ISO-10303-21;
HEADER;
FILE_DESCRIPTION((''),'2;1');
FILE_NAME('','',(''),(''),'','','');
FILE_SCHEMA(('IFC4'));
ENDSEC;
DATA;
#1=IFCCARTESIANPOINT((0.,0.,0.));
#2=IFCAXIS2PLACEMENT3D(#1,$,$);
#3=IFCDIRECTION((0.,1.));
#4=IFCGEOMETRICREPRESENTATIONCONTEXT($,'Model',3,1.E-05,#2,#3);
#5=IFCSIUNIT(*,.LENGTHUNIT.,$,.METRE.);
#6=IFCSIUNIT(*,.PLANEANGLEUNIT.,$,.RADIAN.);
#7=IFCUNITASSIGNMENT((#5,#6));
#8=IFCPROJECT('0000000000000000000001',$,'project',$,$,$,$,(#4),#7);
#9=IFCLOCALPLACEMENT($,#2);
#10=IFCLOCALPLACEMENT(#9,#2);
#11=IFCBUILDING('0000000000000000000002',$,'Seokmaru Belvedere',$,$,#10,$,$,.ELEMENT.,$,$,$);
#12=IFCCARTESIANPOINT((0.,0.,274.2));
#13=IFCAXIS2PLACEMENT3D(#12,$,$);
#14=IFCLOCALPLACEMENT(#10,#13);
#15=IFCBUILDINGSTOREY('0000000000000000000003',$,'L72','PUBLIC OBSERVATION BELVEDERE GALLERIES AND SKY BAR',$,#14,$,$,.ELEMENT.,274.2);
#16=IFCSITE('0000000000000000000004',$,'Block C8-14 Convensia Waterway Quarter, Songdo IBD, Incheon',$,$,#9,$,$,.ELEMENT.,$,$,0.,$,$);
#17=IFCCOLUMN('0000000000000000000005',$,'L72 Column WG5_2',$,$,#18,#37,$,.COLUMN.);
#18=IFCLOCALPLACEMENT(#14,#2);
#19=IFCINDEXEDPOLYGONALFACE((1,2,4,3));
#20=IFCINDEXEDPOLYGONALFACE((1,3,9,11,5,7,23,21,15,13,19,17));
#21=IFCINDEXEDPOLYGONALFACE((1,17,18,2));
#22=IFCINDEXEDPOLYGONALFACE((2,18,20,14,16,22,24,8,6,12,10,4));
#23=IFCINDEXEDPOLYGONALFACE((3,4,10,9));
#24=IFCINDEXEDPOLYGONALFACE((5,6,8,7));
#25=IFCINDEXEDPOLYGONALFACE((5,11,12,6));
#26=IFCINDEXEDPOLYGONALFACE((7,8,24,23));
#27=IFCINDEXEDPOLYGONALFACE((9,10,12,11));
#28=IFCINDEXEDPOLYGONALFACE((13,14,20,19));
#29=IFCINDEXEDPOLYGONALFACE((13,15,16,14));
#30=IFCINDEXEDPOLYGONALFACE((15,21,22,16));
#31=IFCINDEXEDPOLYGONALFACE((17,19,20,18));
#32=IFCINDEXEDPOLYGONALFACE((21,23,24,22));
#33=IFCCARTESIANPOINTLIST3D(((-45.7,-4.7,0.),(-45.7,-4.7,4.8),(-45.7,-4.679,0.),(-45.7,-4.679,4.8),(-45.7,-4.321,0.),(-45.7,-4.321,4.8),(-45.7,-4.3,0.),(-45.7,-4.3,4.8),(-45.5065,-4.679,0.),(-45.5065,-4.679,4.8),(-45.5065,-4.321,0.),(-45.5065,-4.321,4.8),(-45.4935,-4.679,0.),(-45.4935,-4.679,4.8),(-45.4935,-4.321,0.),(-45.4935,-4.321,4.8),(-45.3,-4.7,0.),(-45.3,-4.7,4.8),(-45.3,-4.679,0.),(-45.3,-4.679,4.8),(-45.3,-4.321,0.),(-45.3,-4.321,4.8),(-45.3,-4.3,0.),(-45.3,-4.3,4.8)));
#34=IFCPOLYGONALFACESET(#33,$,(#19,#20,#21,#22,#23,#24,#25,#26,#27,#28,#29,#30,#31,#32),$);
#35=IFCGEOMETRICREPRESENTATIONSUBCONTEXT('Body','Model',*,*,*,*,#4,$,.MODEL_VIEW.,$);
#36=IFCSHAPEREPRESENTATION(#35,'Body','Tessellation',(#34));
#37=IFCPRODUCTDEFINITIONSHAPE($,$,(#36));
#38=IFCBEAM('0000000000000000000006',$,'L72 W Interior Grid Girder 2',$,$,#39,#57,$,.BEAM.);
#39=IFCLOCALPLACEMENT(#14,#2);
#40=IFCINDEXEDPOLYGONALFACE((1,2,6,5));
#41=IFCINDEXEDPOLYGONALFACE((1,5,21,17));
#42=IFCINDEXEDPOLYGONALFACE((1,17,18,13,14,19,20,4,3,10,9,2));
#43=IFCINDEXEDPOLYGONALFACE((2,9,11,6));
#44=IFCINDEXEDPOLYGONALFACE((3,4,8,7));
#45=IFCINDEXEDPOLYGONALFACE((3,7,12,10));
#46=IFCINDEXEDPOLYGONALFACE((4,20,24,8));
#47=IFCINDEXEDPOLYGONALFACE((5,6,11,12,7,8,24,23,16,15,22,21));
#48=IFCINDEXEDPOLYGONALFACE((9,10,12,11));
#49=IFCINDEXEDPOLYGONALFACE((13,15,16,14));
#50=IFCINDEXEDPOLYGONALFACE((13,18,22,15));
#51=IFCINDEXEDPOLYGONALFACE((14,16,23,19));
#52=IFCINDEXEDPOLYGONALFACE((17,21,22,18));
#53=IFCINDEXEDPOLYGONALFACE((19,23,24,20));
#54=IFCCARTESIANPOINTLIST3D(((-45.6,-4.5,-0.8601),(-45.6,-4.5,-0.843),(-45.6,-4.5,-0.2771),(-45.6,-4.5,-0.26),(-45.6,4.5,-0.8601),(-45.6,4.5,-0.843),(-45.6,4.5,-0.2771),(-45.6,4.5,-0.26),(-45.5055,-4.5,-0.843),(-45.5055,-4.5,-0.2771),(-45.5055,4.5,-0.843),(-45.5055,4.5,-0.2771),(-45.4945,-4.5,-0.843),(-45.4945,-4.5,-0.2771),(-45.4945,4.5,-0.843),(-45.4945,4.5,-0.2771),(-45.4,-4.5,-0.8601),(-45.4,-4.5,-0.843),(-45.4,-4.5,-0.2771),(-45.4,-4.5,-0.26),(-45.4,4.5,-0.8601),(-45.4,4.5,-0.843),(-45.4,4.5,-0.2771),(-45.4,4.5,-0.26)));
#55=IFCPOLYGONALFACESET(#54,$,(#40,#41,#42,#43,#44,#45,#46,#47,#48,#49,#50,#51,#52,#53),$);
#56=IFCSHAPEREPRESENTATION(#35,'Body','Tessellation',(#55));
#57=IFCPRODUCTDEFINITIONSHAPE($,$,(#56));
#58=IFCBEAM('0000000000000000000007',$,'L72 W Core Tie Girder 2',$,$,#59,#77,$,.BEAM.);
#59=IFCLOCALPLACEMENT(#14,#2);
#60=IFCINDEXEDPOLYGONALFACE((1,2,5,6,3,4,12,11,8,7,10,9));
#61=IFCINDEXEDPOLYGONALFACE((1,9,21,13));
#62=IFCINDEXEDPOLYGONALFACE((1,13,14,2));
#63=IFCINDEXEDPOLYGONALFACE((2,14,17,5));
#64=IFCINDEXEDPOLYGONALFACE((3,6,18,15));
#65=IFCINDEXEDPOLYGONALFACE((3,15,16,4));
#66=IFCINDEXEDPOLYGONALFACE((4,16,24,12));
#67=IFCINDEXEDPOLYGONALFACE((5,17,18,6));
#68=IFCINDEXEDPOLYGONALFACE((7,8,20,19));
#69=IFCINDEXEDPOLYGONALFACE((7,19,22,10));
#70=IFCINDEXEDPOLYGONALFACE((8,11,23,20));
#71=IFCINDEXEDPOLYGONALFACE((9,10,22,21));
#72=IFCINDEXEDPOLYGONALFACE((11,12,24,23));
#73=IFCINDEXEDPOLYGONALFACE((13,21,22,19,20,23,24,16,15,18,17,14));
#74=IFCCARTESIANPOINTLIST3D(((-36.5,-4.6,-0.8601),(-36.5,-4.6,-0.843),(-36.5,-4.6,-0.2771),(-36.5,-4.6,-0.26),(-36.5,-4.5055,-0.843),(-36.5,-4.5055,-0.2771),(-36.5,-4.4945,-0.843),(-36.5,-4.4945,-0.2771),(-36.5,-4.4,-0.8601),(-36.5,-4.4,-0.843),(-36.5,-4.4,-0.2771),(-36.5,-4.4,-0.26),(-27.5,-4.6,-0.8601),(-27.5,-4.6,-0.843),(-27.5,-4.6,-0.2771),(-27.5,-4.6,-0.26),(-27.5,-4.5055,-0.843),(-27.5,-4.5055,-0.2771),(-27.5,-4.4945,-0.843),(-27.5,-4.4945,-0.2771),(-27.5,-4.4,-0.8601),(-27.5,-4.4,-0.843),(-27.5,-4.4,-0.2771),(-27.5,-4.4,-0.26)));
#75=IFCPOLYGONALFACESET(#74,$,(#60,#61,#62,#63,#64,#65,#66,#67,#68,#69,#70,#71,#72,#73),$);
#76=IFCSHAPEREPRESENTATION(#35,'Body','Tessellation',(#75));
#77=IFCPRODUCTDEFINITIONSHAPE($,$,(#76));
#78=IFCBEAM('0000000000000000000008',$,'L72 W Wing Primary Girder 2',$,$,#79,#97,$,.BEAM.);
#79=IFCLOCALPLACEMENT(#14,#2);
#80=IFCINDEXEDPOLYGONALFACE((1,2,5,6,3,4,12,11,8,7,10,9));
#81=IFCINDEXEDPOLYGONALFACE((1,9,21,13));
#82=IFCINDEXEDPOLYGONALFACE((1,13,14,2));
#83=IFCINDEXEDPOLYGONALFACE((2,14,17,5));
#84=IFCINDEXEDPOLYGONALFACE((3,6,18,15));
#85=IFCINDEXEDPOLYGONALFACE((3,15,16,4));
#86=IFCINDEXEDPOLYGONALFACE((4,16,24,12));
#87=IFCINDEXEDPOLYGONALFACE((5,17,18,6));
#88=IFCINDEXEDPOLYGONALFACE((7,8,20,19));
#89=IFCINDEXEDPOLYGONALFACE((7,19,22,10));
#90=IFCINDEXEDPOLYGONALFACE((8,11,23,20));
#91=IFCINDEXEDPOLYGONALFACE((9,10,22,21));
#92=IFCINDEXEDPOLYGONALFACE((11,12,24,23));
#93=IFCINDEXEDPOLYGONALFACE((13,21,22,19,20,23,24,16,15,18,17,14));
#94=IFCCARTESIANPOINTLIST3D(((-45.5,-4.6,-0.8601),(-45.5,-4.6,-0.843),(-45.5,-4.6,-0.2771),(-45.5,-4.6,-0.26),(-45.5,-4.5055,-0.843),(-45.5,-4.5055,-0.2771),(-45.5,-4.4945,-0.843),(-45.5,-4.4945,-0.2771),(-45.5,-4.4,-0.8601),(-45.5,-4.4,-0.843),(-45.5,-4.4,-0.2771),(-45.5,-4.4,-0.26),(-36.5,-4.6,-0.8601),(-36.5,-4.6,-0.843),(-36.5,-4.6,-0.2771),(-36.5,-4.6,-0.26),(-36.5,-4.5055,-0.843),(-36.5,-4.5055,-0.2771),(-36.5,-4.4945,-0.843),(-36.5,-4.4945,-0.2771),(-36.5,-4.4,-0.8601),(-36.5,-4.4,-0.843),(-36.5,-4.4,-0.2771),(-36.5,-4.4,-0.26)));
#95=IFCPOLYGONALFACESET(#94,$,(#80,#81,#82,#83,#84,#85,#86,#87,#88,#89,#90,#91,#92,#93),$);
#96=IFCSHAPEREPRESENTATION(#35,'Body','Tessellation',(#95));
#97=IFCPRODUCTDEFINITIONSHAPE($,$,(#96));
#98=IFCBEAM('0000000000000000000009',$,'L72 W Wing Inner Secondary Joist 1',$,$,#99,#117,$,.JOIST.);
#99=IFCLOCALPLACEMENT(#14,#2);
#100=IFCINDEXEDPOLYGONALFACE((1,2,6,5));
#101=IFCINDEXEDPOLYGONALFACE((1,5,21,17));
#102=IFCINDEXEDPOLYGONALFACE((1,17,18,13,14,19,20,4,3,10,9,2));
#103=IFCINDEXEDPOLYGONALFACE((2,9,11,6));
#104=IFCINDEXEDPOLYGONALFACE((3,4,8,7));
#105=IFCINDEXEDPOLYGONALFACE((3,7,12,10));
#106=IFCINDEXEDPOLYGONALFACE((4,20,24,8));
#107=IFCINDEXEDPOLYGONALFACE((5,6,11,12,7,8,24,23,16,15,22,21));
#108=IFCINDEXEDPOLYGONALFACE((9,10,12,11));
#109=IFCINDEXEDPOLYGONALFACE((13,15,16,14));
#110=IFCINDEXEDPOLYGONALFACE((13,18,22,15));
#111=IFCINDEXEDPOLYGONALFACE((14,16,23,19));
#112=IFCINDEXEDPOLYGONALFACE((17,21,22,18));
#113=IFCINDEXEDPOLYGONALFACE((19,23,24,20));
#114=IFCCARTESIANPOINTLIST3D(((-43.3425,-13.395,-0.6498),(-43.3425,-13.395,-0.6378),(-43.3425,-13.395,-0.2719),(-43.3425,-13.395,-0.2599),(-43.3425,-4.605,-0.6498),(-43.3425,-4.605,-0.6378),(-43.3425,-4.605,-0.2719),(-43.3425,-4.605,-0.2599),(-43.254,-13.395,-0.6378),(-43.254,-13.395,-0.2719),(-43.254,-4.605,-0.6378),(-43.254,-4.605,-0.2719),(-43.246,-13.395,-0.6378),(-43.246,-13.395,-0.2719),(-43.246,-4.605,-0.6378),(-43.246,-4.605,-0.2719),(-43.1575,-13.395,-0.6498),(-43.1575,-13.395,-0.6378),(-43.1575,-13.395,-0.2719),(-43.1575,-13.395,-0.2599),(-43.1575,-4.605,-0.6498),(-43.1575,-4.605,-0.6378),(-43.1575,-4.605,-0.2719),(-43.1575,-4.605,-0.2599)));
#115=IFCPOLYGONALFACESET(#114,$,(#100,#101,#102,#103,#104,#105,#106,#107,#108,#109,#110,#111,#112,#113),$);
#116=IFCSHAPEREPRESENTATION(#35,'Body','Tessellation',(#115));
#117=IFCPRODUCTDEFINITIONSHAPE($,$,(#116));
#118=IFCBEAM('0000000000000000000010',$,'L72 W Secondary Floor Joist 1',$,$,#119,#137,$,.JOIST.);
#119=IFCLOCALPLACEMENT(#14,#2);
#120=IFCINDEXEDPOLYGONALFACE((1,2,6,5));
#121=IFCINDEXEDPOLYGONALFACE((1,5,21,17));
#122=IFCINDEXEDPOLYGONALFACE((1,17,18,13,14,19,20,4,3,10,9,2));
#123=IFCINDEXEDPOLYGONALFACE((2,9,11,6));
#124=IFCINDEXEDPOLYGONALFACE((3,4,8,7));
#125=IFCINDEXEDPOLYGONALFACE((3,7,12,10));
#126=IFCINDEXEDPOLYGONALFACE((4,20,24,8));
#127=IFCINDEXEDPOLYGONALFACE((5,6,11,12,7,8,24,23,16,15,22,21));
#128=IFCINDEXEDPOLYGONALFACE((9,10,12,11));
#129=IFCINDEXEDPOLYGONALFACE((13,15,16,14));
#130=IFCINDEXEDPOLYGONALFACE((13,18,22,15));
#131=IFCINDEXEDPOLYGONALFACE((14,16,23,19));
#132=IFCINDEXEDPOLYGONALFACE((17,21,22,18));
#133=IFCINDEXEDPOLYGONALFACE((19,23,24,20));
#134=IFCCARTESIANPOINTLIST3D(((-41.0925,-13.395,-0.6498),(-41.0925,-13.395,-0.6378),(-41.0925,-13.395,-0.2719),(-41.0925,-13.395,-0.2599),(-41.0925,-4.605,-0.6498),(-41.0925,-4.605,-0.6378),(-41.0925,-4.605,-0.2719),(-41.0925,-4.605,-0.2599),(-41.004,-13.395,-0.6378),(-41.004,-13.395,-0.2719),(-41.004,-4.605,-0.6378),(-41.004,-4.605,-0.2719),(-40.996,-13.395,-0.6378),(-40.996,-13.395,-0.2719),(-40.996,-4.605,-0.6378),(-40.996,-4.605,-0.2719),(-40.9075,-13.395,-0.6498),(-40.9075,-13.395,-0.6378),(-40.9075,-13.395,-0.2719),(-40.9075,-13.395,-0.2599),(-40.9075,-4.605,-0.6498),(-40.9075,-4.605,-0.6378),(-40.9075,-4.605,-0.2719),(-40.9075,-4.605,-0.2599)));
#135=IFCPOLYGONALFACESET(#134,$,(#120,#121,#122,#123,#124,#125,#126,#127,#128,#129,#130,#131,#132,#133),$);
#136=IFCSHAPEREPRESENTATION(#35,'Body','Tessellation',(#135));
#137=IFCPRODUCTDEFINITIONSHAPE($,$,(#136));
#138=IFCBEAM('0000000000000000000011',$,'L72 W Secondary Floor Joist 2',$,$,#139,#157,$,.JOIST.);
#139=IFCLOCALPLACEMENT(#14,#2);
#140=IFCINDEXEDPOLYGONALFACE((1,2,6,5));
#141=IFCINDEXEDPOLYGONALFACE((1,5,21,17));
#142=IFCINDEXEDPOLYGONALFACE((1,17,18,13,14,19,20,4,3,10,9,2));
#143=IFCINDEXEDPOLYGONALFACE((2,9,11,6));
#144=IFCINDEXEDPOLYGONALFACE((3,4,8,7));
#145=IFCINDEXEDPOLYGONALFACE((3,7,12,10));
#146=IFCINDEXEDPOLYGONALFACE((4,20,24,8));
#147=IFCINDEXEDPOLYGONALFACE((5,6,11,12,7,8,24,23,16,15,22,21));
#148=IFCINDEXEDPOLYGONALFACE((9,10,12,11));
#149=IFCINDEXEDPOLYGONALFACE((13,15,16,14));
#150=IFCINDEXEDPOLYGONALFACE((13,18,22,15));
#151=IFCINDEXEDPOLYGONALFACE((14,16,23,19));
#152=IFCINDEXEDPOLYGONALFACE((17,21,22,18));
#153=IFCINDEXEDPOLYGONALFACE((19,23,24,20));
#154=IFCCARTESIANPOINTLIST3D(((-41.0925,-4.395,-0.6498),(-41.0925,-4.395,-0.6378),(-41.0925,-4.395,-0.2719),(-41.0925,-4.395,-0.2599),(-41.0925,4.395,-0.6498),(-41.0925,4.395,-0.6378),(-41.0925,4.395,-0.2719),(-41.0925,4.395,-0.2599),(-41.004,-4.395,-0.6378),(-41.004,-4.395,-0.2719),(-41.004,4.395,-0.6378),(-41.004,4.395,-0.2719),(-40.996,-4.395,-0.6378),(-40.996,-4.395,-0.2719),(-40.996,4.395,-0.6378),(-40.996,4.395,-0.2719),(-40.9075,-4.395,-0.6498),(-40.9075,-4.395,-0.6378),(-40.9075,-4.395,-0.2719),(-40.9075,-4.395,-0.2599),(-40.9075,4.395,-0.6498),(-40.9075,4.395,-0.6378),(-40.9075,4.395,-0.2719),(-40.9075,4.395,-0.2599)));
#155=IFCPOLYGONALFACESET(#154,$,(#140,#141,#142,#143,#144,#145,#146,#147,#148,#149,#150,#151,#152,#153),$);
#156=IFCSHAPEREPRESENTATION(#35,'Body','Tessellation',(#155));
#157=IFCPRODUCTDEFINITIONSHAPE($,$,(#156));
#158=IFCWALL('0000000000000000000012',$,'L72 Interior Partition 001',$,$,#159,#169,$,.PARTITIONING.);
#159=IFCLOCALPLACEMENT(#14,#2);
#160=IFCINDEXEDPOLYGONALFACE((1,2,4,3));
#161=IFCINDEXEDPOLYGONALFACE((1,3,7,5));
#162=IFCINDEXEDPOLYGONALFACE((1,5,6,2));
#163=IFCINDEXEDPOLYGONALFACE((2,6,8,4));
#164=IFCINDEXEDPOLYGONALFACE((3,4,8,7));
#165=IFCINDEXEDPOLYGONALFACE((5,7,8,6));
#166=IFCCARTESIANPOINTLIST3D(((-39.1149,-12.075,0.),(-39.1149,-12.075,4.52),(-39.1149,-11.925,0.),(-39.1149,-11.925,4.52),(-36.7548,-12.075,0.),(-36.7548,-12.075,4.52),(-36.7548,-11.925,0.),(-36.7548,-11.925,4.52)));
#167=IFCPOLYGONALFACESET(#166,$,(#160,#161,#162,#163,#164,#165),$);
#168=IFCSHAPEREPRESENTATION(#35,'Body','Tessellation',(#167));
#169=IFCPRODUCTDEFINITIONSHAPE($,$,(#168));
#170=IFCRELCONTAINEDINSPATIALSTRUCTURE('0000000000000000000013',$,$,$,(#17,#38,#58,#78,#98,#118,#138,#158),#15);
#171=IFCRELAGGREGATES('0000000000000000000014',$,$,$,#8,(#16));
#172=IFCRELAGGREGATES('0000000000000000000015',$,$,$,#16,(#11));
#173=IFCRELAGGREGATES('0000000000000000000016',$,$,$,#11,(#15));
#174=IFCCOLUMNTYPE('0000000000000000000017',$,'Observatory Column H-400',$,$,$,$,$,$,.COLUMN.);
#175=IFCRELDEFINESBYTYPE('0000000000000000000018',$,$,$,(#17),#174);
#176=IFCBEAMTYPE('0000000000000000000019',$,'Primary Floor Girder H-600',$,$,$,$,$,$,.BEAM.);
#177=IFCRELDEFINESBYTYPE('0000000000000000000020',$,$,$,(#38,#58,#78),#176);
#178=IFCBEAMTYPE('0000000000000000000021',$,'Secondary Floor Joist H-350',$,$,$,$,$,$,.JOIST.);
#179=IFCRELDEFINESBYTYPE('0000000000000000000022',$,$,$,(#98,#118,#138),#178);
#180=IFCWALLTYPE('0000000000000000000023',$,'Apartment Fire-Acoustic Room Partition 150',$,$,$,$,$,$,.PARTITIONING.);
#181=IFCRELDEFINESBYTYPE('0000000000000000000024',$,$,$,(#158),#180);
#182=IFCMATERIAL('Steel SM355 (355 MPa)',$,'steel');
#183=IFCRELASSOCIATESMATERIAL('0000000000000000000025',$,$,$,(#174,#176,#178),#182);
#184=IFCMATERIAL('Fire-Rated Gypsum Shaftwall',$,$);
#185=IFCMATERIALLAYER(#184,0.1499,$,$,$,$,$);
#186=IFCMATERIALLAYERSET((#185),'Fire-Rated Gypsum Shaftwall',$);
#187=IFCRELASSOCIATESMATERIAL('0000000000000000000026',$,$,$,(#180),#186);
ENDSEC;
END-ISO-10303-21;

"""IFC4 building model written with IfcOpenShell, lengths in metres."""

from ifc_helpers import new_model, si_unit, direction, frame, frame_2d, origin, origin_2d, place, context, subcontext, project, spatial, rectangle, i_section, extrude, source, transform, mapped, material, layer, layer_set, material_profile, profile_set, type_object, type_shapes, element, save


model = new_model("IFC4")

# Units and contexts
model_context = context("Model", 3, precision=1e-05, world=origin(), true_north=direction((0.0, 1.0)))
body_context = subcontext(model_context, "Body", "Model", "MODEL_VIEW")
ifc_project = project(units=[si_unit("LENGTHUNIT", "METRE"), si_unit("PLANEANGLEUNIT", "RADIAN")], contexts=[model_context])

# Site, building, storey
site_placement = place(None, origin())
site = spatial("IfcSite", under=ifc_project, at=site_placement, Name="Block C8-14 Convensia Waterway Quarter, Songdo IBD, Incheon", CompositionType="ELEMENT", RefElevation=0.0)
building_placement = place(site_placement, origin())
building = spatial("IfcBuilding", under=site, at=building_placement, Name="Seokmaru Belvedere", CompositionType="ELEMENT")
storey_placement = place(building_placement, frame((0.0, 0.0, 274.2)))
storey = spatial("IfcBuildingStorey", under=building, at=storey_placement, Name="L72", Description="PUBLIC OBSERVATION BELVEDERE GALLERIES AND SKY BAR", CompositionType="ELEMENT", Elevation=274.2)

# Column
ifc_material_1 = material(Name="Steel SM355 (355 MPa)", Category="steel")
ifc_material_profile_1 = material_profile(ifc_material_1, i_section(OverallWidth=0.3999, OverallDepth=0.3999, WebThickness=0.0129, FlangeThickness=0.021, at=origin_2d()), Name="H-400x400x13x21")
ifc_profile_set_1 = profile_set([ifc_material_profile_1], Name="Steel SM355 (355 MPa)")
column_type = type_object("IfcColumnType", Name="Observatory Column H-400", PredefinedType="COLUMN", material=ifc_profile_set_1)
shared_shape_1 = source(origin(), body_context, "Body", "SweptSolid", [
    extrude(i_section(OverallWidth=0.3999, OverallDepth=0.3999, WebThickness=0.0129, FlangeThickness=0.021, at=origin_2d()), origin(), (0.0, 0.0, 1.0), 4.8),
])
type_shapes(column_type, [shared_shape_1])
column_placement = place(storey_placement, frame((-45.5, -4.5, 0.0), z_axis=(0.0, 0.0, 1.0), x_axis=(1.0, 0.0, 0.0)))
element("IfcColumn", 1, at=column_placement, inside=storey, type_object=column_type, Name="L72 Column WG5_2", PredefinedType="COLUMN", context=body_context, shape_type="MappedRepresentation", body=[
    mapped(shared_shape_1, transform((0.0, 0.0, 0.0), scale=1.0)),
])

# Beams
ifc_material_profile_2 = material_profile(ifc_material_1, i_section(OverallWidth=0.2, OverallDepth=0.6001, WebThickness=0.011, FlangeThickness=0.0171, at=origin_2d()), Name="H-600x200x11x17")
ifc_profile_set_2 = profile_set([ifc_material_profile_2], Name="Steel SM355 (355 MPa)")
beam_type_1 = type_object("IfcBeamType", Name="Primary Floor Girder H-600", PredefinedType="BEAM", material=ifc_profile_set_2)
shared_shape_2 = source(origin(), body_context, "Body", "SweptSolid", [
    extrude(i_section(OverallWidth=0.2, OverallDepth=0.6001, WebThickness=0.011, FlangeThickness=0.0171, at=origin_2d()), origin(), (0.0, 0.0, 1.0), 9.0),
])
type_shapes(beam_type_1, [shared_shape_2])
for number, where, z_axis, x_axis, name in (
    (2, (-45.5, -4.5, -0.5601), (0.0, 1.0, 0.0), (-1.0, 0.0, 0.0), "L72 W Interior Grid Girder 2"),
    (3, (-36.5, -4.5, -0.5601), (1.0, 0.0, 0.0), (0.0, 1.0, 0.0), "L72 W Core Tie Girder 2"),
    (4, (-45.5, -4.5, -0.5601), (1.0, 0.0, 0.0), (0.0, 1.0, 0.0), "L72 W Wing Primary Girder 2"),
):
    element("IfcBeam", number, at=place(storey_placement, frame(where, z_axis=z_axis, x_axis=x_axis)), inside=storey, type_object=beam_type_1, Name=name, PredefinedType="BEAM", context=body_context, shape_type="MappedRepresentation", body=[
        mapped(shared_shape_2, transform((0.0, 0.0, 0.0), scale=1.0)),
    ])
ifc_material_profile_3 = material_profile(ifc_material_1, i_section(OverallWidth=0.1851, OverallDepth=0.3899, WebThickness=0.0081, FlangeThickness=0.012, at=origin_2d()), Name="H-390x185x8x12")
ifc_profile_set_3 = profile_set([ifc_material_profile_3], Name="Steel SM355 (355 MPa)")
beam_type_2 = type_object("IfcBeamType", Name="Secondary Floor Joist H-350", PredefinedType="JOIST", material=ifc_profile_set_3)
shared_shape_3 = source(origin(), body_context, "Body", "SweptSolid", [
    extrude(i_section(OverallWidth=0.1851, OverallDepth=0.3899, WebThickness=0.0081, FlangeThickness=0.012, at=origin_2d()), origin(), (0.0, 0.0, 1.0), 8.79),
])
type_shapes(beam_type_2, [shared_shape_3])
for number, where, z_axis, x_axis, name in (
    (5, (-43.25, -13.395, -0.4548), (0.0, 1.0, 0.0), (-1.0, 0.0, 0.0), "L72 W Wing Inner Secondary Joist 1"),
    (6, (-41.0, -13.395, -0.4548), (0.0, 1.0, 0.0), (-1.0, 0.0, 0.0), "L72 W Secondary Floor Joist 1"),
    (7, (-41.0, -4.395, -0.4548), (0.0, 1.0, 0.0), (-1.0, 0.0, 0.0), "L72 W Secondary Floor Joist 2"),
):
    element("IfcBeam", number, at=place(storey_placement, frame(where, z_axis=z_axis, x_axis=x_axis)), inside=storey, type_object=beam_type_2, Name=name, PredefinedType="JOIST", context=body_context, shape_type="MappedRepresentation", body=[
        mapped(shared_shape_3, transform((0.0, 0.0, 0.0), scale=1.0)),
    ])

# Wall
ifc_material_2 = material(Name="Fire-Rated Gypsum Shaftwall")
ifc_layer_1 = layer(ifc_material_2, 0.1499)
ifc_layer_set_1 = layer_set([ifc_layer_1], Name="Fire-Rated Gypsum Shaftwall")
wall_type_1 = type_object("IfcWallType", Name="Apartment Fire-Acoustic Room Partition 150", PredefinedType="PARTITIONING", material=ifc_layer_set_1)
wall_1_placement = place(storey_placement, frame((-39.115, -12.0, 0.0), z_axis=(0.0, 0.0, 1.0), x_axis=(1.0, 0.0, 0.0)))
element("IfcWall", 8, at=wall_1_placement, inside=storey, type_object=wall_type_1, Name="L72 Interior Partition 001", PredefinedType="PARTITIONING", context=body_context, shape_type="SweptSolid", body=[
    extrude(rectangle(XDim=2.3601, YDim=0.1499, at=frame_2d((1.1802, 0.0))), origin(), (0.0, 0.0, 1.0), 4.52),
])

save(model, "model.ifc")
